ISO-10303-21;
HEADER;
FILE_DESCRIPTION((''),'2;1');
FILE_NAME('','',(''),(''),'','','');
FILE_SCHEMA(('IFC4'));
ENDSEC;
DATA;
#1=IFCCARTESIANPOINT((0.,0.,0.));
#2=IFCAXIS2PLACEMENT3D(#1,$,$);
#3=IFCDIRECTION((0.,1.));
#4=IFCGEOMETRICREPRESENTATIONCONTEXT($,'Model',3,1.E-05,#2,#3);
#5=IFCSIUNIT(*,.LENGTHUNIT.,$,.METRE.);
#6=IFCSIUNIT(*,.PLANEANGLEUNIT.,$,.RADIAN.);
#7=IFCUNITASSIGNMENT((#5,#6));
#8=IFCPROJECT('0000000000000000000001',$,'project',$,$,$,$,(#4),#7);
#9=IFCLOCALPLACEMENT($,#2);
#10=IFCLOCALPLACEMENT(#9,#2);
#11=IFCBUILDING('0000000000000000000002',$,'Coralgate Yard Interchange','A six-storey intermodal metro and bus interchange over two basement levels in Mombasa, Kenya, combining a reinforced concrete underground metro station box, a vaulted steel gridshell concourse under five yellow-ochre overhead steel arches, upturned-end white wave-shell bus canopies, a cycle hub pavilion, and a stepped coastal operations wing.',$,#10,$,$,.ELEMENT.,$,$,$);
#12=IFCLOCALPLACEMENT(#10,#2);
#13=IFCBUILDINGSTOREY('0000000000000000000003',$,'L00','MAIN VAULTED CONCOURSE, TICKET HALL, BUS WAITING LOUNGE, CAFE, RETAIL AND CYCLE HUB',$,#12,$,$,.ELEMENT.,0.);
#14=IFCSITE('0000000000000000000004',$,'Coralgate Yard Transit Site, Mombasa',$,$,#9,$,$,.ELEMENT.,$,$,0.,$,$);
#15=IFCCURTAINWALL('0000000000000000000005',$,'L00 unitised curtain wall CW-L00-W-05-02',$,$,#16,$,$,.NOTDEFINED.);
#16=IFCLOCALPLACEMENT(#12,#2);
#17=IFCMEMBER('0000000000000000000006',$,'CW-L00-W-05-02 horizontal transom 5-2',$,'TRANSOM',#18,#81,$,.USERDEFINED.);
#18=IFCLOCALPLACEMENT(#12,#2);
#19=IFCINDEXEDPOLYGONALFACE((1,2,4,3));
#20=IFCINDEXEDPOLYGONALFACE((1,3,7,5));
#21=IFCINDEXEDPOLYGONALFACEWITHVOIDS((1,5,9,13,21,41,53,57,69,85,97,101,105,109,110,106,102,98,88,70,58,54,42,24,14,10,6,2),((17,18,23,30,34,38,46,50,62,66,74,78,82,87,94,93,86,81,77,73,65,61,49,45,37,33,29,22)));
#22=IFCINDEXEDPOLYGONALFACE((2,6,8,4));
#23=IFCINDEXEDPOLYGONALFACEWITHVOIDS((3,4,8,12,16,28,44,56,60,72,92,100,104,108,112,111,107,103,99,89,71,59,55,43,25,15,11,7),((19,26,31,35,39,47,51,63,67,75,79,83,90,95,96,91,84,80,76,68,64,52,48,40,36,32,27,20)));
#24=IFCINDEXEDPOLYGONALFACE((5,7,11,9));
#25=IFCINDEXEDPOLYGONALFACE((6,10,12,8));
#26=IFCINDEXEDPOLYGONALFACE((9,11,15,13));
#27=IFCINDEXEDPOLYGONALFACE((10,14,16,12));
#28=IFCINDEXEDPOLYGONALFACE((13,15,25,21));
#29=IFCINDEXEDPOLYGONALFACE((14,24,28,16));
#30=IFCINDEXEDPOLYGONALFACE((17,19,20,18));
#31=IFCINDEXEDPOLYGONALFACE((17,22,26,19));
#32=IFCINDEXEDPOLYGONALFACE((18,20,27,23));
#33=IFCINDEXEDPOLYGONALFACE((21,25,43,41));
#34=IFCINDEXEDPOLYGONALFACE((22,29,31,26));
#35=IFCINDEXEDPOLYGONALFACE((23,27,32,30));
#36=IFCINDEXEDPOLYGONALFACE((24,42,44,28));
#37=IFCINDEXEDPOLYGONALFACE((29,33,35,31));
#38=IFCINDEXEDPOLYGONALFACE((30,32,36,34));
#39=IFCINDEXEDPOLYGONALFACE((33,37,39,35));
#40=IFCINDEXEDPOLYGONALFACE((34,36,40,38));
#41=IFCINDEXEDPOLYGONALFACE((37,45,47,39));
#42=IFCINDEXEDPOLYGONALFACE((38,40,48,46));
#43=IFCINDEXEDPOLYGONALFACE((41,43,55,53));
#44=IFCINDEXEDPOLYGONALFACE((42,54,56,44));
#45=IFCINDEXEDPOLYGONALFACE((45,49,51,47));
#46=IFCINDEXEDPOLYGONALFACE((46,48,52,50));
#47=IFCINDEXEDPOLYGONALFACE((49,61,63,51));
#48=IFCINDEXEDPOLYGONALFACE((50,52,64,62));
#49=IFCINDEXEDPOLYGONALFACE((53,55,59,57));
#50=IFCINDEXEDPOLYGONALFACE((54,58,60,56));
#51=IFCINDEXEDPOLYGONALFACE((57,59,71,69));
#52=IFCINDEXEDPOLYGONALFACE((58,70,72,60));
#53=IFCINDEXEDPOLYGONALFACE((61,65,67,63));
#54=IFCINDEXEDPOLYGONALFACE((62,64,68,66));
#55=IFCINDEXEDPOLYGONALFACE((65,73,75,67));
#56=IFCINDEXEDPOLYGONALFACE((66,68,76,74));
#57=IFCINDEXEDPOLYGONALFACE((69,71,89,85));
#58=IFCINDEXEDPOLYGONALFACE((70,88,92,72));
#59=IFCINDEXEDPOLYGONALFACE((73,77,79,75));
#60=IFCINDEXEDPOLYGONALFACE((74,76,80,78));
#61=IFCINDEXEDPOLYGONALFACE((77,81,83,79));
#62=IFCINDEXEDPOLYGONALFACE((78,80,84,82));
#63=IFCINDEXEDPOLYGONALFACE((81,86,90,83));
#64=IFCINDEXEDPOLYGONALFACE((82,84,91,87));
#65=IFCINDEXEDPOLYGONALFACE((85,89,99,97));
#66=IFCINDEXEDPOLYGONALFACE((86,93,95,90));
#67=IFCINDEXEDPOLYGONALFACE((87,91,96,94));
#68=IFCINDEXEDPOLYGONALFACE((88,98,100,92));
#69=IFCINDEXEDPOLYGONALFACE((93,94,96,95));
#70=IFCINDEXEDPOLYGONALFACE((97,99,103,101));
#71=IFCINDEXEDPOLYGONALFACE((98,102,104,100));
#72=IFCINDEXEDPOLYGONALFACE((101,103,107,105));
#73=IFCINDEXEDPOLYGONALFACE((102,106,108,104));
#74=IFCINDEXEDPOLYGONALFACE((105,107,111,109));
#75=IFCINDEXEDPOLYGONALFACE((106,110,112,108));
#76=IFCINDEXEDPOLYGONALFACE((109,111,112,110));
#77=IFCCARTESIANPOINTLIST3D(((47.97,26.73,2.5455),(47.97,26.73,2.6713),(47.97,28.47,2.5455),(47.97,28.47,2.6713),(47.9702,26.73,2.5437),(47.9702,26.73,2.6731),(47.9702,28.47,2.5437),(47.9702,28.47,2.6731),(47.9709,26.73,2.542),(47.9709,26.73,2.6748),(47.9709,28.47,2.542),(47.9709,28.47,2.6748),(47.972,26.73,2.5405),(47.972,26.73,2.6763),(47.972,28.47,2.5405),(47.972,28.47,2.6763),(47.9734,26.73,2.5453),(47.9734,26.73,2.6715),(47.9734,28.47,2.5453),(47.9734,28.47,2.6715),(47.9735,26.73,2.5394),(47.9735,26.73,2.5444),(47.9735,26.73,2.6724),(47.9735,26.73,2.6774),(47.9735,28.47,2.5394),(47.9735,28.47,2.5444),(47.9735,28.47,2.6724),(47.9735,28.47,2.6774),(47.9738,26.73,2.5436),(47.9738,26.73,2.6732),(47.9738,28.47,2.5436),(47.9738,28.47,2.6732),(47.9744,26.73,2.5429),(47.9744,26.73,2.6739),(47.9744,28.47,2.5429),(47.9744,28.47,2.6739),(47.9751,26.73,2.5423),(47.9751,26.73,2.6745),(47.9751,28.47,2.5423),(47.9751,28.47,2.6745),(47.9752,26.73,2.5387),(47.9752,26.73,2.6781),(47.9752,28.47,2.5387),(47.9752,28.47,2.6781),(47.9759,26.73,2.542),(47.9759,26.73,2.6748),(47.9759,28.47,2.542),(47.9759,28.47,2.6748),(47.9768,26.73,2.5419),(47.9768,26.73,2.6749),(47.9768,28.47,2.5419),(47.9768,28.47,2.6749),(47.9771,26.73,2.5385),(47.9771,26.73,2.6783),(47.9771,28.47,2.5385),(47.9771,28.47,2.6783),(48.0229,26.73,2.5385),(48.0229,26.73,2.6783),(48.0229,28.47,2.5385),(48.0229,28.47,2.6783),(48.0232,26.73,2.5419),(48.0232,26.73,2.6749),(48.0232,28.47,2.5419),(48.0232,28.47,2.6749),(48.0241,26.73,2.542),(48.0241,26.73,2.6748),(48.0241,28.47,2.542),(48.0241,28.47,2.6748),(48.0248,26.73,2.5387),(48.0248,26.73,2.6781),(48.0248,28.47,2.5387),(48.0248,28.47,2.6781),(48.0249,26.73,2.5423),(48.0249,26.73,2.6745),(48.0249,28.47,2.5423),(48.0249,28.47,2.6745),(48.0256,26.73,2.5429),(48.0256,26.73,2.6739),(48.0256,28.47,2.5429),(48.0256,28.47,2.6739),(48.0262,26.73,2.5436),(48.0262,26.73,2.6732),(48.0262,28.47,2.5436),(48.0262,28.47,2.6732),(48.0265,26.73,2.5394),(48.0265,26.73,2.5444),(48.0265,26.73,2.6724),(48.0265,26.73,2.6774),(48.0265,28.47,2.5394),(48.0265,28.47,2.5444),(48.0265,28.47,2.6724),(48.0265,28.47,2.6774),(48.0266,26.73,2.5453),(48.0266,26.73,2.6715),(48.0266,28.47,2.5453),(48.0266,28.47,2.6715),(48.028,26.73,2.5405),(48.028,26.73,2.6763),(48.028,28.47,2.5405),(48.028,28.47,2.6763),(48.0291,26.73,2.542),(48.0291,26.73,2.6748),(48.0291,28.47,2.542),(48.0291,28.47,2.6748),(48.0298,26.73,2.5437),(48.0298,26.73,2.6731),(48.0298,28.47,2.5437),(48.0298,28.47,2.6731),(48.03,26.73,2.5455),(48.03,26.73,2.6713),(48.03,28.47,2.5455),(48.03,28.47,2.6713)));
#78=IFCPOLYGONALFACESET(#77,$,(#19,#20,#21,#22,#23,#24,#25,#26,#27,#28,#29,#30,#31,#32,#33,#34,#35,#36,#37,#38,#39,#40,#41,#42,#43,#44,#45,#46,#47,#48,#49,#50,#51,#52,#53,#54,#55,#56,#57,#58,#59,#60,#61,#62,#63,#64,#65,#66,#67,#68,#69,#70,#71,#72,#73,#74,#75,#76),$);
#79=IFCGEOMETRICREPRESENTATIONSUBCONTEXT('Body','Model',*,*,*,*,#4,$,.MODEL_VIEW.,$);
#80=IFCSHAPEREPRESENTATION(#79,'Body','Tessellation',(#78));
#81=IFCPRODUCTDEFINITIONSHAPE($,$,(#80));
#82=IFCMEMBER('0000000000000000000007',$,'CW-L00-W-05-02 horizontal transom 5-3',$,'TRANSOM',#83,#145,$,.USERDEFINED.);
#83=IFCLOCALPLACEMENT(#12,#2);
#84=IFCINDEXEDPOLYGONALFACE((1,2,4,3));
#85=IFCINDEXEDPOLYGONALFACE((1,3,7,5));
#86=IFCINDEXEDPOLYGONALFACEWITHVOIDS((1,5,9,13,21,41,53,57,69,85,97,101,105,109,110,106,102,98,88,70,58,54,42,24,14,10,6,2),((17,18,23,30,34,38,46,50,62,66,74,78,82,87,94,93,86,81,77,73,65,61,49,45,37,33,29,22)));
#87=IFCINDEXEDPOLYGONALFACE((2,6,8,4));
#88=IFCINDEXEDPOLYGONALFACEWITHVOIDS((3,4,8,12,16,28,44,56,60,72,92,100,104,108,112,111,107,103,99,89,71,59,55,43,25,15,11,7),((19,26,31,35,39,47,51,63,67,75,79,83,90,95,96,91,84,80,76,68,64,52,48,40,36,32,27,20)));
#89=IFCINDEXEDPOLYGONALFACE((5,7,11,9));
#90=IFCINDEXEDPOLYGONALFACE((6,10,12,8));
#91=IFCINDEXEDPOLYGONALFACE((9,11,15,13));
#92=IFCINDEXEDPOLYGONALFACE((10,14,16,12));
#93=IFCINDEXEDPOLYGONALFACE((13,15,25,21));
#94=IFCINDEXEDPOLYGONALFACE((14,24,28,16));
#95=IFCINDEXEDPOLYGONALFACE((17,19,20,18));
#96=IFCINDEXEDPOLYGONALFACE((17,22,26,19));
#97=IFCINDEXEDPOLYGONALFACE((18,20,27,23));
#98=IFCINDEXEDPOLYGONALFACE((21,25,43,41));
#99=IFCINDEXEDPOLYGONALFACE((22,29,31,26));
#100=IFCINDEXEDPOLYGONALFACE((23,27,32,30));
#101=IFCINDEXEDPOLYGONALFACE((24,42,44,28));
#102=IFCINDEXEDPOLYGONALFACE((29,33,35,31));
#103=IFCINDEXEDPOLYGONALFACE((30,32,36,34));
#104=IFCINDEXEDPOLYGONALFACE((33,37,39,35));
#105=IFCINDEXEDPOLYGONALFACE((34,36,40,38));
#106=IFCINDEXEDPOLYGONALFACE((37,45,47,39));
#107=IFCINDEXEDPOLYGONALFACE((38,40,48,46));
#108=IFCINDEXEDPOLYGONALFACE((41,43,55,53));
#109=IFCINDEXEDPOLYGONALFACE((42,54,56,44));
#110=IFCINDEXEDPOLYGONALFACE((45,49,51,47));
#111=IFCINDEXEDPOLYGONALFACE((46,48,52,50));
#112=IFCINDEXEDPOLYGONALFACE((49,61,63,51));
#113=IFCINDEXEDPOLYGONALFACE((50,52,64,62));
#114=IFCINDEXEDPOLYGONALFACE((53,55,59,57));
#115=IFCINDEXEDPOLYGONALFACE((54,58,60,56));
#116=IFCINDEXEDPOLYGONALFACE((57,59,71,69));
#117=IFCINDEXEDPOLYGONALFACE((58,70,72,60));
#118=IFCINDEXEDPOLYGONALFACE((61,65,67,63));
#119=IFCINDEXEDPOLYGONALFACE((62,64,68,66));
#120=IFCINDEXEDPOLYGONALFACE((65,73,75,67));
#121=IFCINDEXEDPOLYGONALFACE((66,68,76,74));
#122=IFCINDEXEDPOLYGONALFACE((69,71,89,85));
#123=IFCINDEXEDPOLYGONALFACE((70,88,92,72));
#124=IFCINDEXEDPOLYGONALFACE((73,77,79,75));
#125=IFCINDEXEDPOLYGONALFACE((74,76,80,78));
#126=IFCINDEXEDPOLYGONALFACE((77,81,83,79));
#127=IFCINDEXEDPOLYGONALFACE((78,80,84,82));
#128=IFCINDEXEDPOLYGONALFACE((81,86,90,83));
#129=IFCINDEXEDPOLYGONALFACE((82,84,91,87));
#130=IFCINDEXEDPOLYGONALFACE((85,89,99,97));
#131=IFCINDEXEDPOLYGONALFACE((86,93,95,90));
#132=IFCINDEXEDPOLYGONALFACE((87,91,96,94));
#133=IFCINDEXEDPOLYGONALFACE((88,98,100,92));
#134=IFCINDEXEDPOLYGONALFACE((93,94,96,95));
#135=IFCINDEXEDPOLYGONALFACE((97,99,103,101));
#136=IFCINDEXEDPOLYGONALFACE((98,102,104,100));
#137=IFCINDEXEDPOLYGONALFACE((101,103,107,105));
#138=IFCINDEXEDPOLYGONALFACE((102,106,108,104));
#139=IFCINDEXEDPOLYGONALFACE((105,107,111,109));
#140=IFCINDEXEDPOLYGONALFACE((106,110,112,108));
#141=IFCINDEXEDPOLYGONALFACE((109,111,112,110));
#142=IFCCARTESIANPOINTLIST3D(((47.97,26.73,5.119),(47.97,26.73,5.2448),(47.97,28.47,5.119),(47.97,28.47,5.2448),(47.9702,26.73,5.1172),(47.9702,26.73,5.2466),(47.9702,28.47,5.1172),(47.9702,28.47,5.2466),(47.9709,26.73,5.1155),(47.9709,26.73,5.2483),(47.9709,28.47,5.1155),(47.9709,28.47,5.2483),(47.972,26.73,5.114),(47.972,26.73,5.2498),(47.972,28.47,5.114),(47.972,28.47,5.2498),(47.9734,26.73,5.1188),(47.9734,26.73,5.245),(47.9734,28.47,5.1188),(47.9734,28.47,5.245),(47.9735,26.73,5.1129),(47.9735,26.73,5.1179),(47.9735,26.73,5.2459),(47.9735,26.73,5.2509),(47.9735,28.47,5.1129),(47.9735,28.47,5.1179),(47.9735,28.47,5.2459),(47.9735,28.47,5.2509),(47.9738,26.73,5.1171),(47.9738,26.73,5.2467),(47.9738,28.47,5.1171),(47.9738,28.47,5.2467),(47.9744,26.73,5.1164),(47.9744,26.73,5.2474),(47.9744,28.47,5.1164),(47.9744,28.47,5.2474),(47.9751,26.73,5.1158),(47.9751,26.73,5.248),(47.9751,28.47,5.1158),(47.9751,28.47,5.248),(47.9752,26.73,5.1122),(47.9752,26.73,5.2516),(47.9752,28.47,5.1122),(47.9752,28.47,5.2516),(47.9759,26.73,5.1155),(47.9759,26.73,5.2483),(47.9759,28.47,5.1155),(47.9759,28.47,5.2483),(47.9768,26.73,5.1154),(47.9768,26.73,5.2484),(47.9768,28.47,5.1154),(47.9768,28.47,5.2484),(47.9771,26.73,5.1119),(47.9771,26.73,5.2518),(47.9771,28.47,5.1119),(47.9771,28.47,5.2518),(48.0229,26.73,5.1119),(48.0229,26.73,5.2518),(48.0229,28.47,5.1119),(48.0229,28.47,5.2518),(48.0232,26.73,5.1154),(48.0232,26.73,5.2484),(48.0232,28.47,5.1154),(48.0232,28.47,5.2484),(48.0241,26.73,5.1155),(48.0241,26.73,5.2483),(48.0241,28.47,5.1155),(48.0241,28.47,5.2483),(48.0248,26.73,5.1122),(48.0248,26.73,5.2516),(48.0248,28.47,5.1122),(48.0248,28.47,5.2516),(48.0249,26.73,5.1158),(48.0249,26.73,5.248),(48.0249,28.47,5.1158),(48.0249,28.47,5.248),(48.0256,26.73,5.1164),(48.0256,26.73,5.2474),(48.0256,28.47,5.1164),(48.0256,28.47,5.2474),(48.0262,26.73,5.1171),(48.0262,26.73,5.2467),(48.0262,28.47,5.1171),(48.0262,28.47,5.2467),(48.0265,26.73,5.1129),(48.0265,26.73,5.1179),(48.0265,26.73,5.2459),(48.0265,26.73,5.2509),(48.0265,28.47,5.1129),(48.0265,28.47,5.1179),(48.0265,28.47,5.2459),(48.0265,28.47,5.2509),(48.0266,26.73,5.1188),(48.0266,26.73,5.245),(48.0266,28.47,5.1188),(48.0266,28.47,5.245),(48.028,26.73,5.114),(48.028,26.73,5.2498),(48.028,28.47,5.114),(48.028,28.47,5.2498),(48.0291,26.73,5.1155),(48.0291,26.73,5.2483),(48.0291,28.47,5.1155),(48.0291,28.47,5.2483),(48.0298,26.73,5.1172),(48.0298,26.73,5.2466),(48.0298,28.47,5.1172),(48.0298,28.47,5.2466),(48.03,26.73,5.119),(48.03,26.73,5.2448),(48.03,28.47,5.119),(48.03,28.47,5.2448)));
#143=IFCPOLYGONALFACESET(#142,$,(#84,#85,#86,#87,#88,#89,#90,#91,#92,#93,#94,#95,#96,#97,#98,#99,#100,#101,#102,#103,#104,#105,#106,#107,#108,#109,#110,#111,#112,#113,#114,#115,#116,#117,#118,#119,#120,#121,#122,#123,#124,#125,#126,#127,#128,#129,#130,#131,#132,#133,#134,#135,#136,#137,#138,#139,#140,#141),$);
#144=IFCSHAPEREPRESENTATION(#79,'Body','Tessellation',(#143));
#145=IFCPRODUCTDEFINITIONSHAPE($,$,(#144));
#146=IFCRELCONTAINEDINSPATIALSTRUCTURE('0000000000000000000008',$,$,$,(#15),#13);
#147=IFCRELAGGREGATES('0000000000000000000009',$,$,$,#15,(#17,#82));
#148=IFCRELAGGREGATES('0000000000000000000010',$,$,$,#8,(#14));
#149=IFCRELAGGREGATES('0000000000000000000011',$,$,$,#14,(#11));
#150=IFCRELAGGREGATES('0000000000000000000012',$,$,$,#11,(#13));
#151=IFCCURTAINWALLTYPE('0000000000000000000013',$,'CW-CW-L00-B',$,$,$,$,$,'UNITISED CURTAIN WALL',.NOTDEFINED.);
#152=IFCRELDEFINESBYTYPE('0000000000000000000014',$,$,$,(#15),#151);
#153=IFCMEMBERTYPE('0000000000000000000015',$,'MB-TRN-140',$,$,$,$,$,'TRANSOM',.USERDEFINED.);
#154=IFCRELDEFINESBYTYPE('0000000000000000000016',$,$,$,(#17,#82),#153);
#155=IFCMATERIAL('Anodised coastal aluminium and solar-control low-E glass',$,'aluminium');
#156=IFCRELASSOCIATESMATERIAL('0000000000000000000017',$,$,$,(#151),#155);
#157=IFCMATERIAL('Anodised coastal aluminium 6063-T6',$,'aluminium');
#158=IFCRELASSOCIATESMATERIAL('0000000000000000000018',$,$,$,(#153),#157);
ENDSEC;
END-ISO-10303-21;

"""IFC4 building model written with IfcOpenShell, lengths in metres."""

from ifc_helpers import new_model, si_unit, direction, frame, origin, origin_2d, place, context, subcontext, project, spatial, hollow_rectangle, extrude, material, material_profile, profile_set, type_object, element, aggregate, save


model = new_model("IFC4")

# Units and contexts
model_context = context("Model", 3, precision=1e-05, world=origin(), true_north=direction((0.0, 1.0)))
body_context = subcontext(model_context, "Body", "Model", "MODEL_VIEW")
ifc_project = project(units=[si_unit("LENGTHUNIT", "METRE"), si_unit("PLANEANGLEUNIT", "RADIAN")], contexts=[model_context])

# Site, building, storey
site_placement = place(None, origin())
site = spatial("IfcSite", under=ifc_project, at=site_placement, Name="Coralgate Yard Transit Site, Mombasa", CompositionType="ELEMENT", RefElevation=0.0)
building_placement = place(site_placement, origin())
building = spatial("IfcBuilding", under=site, at=building_placement, Name="Coralgate Yard Interchange", Description="A six-storey intermodal metro and bus interchange over two basement levels in Mombasa, Kenya, combining a reinforced concrete underground metro station box, a vaulted steel gridshell concourse under five yellow-ochre overhead steel arches, upturned-end white wave-shell bus canopies, a cycle hub pavilion, and a stepped coastal operations wing.", CompositionType="ELEMENT")
storey_placement = place(building_placement, origin())
storey = spatial("IfcBuildingStorey", under=building, at=storey_placement, Name="L00", Description="MAIN VAULTED CONCOURSE, TICKET HALL, BUS WAITING LOUNGE, CAFE, RETAIL AND CYCLE HUB", CompositionType="ELEMENT", Elevation=0.0)

# Curtain wall
ifc_material_1 = material(Name="Anodised coastal aluminium and solar-control low-E glass", Category="aluminium")
curtain_wall_type_1 = type_object("IfcCurtainWallType", Name="CW-CW-L00-B", ElementType="UNITISED CURTAIN WALL", PredefinedType="NOTDEFINED", material=ifc_material_1)
curtain_wall_1_placement = place(storey_placement, origin())
curtain_wall_1 = element("IfcCurtainWall", 1, at=curtain_wall_1_placement, inside=storey, type_object=curtain_wall_type_1, Name="L00 unitised curtain wall CW-L00-W-05-02", PredefinedType="NOTDEFINED")
ifc_material_2 = material(Name="Anodised coastal aluminium 6063-T6", Category="aluminium")

# Members
ifc_material_profile_1 = material_profile(ifc_material_2, hollow_rectangle(XDim=0.0601, YDim=0.1399, WallThickness=0.0034, InnerFilletRadius=0.0034, OuterFilletRadius=0.0071, at=origin_2d()), Name="ALU 60x140x3.5")
ifc_profile_set_1 = profile_set([ifc_material_profile_1], Name="Anodised coastal aluminium 6063-T6")
member_type_1 = type_object("IfcMemberType", Name="MB-TRN-140", ElementType="TRANSOM", PredefinedType="USERDEFINED", material=ifc_profile_set_1)
member_1_placement = place(storey_placement, frame((48.0, 26.73, 2.6084), z_axis=(0.0, 1.0, 0.0), x_axis=(-1.0, 0.0, 0.0)))
member_1 = element("IfcMember", 2, at=member_1_placement, type_object=member_type_1, Name="CW-L00-W-05-02 horizontal transom 5-2", ObjectType="TRANSOM", PredefinedType="USERDEFINED", context=body_context, shape_type="SweptSolid", body=[
    extrude(hollow_rectangle(XDim=0.0601, YDim=0.1399, WallThickness=0.0034, InnerFilletRadius=0.0034, OuterFilletRadius=0.0071, at=origin_2d()), origin(), (0.0, 0.0, 1.0), 1.74),
])
member_2_placement = place(storey_placement, frame((48.0, 26.73, 5.1819), z_axis=(0.0, 1.0, 0.0), x_axis=(-1.0, 0.0, 0.0)))
member_2 = element("IfcMember", 3, at=member_2_placement, type_object=member_type_1, Name="CW-L00-W-05-02 horizontal transom 5-3", ObjectType="TRANSOM", PredefinedType="USERDEFINED", context=body_context, shape_type="SweptSolid", body=[
    extrude(hollow_rectangle(XDim=0.0601, YDim=0.1399, WallThickness=0.0034, InnerFilletRadius=0.0034, OuterFilletRadius=0.0071, at=origin_2d()), origin(), (0.0, 0.0, 1.0), 1.74),
])

aggregate(curtain_wall_1, [member_1, member_2])

save(model, "model.ifc")
